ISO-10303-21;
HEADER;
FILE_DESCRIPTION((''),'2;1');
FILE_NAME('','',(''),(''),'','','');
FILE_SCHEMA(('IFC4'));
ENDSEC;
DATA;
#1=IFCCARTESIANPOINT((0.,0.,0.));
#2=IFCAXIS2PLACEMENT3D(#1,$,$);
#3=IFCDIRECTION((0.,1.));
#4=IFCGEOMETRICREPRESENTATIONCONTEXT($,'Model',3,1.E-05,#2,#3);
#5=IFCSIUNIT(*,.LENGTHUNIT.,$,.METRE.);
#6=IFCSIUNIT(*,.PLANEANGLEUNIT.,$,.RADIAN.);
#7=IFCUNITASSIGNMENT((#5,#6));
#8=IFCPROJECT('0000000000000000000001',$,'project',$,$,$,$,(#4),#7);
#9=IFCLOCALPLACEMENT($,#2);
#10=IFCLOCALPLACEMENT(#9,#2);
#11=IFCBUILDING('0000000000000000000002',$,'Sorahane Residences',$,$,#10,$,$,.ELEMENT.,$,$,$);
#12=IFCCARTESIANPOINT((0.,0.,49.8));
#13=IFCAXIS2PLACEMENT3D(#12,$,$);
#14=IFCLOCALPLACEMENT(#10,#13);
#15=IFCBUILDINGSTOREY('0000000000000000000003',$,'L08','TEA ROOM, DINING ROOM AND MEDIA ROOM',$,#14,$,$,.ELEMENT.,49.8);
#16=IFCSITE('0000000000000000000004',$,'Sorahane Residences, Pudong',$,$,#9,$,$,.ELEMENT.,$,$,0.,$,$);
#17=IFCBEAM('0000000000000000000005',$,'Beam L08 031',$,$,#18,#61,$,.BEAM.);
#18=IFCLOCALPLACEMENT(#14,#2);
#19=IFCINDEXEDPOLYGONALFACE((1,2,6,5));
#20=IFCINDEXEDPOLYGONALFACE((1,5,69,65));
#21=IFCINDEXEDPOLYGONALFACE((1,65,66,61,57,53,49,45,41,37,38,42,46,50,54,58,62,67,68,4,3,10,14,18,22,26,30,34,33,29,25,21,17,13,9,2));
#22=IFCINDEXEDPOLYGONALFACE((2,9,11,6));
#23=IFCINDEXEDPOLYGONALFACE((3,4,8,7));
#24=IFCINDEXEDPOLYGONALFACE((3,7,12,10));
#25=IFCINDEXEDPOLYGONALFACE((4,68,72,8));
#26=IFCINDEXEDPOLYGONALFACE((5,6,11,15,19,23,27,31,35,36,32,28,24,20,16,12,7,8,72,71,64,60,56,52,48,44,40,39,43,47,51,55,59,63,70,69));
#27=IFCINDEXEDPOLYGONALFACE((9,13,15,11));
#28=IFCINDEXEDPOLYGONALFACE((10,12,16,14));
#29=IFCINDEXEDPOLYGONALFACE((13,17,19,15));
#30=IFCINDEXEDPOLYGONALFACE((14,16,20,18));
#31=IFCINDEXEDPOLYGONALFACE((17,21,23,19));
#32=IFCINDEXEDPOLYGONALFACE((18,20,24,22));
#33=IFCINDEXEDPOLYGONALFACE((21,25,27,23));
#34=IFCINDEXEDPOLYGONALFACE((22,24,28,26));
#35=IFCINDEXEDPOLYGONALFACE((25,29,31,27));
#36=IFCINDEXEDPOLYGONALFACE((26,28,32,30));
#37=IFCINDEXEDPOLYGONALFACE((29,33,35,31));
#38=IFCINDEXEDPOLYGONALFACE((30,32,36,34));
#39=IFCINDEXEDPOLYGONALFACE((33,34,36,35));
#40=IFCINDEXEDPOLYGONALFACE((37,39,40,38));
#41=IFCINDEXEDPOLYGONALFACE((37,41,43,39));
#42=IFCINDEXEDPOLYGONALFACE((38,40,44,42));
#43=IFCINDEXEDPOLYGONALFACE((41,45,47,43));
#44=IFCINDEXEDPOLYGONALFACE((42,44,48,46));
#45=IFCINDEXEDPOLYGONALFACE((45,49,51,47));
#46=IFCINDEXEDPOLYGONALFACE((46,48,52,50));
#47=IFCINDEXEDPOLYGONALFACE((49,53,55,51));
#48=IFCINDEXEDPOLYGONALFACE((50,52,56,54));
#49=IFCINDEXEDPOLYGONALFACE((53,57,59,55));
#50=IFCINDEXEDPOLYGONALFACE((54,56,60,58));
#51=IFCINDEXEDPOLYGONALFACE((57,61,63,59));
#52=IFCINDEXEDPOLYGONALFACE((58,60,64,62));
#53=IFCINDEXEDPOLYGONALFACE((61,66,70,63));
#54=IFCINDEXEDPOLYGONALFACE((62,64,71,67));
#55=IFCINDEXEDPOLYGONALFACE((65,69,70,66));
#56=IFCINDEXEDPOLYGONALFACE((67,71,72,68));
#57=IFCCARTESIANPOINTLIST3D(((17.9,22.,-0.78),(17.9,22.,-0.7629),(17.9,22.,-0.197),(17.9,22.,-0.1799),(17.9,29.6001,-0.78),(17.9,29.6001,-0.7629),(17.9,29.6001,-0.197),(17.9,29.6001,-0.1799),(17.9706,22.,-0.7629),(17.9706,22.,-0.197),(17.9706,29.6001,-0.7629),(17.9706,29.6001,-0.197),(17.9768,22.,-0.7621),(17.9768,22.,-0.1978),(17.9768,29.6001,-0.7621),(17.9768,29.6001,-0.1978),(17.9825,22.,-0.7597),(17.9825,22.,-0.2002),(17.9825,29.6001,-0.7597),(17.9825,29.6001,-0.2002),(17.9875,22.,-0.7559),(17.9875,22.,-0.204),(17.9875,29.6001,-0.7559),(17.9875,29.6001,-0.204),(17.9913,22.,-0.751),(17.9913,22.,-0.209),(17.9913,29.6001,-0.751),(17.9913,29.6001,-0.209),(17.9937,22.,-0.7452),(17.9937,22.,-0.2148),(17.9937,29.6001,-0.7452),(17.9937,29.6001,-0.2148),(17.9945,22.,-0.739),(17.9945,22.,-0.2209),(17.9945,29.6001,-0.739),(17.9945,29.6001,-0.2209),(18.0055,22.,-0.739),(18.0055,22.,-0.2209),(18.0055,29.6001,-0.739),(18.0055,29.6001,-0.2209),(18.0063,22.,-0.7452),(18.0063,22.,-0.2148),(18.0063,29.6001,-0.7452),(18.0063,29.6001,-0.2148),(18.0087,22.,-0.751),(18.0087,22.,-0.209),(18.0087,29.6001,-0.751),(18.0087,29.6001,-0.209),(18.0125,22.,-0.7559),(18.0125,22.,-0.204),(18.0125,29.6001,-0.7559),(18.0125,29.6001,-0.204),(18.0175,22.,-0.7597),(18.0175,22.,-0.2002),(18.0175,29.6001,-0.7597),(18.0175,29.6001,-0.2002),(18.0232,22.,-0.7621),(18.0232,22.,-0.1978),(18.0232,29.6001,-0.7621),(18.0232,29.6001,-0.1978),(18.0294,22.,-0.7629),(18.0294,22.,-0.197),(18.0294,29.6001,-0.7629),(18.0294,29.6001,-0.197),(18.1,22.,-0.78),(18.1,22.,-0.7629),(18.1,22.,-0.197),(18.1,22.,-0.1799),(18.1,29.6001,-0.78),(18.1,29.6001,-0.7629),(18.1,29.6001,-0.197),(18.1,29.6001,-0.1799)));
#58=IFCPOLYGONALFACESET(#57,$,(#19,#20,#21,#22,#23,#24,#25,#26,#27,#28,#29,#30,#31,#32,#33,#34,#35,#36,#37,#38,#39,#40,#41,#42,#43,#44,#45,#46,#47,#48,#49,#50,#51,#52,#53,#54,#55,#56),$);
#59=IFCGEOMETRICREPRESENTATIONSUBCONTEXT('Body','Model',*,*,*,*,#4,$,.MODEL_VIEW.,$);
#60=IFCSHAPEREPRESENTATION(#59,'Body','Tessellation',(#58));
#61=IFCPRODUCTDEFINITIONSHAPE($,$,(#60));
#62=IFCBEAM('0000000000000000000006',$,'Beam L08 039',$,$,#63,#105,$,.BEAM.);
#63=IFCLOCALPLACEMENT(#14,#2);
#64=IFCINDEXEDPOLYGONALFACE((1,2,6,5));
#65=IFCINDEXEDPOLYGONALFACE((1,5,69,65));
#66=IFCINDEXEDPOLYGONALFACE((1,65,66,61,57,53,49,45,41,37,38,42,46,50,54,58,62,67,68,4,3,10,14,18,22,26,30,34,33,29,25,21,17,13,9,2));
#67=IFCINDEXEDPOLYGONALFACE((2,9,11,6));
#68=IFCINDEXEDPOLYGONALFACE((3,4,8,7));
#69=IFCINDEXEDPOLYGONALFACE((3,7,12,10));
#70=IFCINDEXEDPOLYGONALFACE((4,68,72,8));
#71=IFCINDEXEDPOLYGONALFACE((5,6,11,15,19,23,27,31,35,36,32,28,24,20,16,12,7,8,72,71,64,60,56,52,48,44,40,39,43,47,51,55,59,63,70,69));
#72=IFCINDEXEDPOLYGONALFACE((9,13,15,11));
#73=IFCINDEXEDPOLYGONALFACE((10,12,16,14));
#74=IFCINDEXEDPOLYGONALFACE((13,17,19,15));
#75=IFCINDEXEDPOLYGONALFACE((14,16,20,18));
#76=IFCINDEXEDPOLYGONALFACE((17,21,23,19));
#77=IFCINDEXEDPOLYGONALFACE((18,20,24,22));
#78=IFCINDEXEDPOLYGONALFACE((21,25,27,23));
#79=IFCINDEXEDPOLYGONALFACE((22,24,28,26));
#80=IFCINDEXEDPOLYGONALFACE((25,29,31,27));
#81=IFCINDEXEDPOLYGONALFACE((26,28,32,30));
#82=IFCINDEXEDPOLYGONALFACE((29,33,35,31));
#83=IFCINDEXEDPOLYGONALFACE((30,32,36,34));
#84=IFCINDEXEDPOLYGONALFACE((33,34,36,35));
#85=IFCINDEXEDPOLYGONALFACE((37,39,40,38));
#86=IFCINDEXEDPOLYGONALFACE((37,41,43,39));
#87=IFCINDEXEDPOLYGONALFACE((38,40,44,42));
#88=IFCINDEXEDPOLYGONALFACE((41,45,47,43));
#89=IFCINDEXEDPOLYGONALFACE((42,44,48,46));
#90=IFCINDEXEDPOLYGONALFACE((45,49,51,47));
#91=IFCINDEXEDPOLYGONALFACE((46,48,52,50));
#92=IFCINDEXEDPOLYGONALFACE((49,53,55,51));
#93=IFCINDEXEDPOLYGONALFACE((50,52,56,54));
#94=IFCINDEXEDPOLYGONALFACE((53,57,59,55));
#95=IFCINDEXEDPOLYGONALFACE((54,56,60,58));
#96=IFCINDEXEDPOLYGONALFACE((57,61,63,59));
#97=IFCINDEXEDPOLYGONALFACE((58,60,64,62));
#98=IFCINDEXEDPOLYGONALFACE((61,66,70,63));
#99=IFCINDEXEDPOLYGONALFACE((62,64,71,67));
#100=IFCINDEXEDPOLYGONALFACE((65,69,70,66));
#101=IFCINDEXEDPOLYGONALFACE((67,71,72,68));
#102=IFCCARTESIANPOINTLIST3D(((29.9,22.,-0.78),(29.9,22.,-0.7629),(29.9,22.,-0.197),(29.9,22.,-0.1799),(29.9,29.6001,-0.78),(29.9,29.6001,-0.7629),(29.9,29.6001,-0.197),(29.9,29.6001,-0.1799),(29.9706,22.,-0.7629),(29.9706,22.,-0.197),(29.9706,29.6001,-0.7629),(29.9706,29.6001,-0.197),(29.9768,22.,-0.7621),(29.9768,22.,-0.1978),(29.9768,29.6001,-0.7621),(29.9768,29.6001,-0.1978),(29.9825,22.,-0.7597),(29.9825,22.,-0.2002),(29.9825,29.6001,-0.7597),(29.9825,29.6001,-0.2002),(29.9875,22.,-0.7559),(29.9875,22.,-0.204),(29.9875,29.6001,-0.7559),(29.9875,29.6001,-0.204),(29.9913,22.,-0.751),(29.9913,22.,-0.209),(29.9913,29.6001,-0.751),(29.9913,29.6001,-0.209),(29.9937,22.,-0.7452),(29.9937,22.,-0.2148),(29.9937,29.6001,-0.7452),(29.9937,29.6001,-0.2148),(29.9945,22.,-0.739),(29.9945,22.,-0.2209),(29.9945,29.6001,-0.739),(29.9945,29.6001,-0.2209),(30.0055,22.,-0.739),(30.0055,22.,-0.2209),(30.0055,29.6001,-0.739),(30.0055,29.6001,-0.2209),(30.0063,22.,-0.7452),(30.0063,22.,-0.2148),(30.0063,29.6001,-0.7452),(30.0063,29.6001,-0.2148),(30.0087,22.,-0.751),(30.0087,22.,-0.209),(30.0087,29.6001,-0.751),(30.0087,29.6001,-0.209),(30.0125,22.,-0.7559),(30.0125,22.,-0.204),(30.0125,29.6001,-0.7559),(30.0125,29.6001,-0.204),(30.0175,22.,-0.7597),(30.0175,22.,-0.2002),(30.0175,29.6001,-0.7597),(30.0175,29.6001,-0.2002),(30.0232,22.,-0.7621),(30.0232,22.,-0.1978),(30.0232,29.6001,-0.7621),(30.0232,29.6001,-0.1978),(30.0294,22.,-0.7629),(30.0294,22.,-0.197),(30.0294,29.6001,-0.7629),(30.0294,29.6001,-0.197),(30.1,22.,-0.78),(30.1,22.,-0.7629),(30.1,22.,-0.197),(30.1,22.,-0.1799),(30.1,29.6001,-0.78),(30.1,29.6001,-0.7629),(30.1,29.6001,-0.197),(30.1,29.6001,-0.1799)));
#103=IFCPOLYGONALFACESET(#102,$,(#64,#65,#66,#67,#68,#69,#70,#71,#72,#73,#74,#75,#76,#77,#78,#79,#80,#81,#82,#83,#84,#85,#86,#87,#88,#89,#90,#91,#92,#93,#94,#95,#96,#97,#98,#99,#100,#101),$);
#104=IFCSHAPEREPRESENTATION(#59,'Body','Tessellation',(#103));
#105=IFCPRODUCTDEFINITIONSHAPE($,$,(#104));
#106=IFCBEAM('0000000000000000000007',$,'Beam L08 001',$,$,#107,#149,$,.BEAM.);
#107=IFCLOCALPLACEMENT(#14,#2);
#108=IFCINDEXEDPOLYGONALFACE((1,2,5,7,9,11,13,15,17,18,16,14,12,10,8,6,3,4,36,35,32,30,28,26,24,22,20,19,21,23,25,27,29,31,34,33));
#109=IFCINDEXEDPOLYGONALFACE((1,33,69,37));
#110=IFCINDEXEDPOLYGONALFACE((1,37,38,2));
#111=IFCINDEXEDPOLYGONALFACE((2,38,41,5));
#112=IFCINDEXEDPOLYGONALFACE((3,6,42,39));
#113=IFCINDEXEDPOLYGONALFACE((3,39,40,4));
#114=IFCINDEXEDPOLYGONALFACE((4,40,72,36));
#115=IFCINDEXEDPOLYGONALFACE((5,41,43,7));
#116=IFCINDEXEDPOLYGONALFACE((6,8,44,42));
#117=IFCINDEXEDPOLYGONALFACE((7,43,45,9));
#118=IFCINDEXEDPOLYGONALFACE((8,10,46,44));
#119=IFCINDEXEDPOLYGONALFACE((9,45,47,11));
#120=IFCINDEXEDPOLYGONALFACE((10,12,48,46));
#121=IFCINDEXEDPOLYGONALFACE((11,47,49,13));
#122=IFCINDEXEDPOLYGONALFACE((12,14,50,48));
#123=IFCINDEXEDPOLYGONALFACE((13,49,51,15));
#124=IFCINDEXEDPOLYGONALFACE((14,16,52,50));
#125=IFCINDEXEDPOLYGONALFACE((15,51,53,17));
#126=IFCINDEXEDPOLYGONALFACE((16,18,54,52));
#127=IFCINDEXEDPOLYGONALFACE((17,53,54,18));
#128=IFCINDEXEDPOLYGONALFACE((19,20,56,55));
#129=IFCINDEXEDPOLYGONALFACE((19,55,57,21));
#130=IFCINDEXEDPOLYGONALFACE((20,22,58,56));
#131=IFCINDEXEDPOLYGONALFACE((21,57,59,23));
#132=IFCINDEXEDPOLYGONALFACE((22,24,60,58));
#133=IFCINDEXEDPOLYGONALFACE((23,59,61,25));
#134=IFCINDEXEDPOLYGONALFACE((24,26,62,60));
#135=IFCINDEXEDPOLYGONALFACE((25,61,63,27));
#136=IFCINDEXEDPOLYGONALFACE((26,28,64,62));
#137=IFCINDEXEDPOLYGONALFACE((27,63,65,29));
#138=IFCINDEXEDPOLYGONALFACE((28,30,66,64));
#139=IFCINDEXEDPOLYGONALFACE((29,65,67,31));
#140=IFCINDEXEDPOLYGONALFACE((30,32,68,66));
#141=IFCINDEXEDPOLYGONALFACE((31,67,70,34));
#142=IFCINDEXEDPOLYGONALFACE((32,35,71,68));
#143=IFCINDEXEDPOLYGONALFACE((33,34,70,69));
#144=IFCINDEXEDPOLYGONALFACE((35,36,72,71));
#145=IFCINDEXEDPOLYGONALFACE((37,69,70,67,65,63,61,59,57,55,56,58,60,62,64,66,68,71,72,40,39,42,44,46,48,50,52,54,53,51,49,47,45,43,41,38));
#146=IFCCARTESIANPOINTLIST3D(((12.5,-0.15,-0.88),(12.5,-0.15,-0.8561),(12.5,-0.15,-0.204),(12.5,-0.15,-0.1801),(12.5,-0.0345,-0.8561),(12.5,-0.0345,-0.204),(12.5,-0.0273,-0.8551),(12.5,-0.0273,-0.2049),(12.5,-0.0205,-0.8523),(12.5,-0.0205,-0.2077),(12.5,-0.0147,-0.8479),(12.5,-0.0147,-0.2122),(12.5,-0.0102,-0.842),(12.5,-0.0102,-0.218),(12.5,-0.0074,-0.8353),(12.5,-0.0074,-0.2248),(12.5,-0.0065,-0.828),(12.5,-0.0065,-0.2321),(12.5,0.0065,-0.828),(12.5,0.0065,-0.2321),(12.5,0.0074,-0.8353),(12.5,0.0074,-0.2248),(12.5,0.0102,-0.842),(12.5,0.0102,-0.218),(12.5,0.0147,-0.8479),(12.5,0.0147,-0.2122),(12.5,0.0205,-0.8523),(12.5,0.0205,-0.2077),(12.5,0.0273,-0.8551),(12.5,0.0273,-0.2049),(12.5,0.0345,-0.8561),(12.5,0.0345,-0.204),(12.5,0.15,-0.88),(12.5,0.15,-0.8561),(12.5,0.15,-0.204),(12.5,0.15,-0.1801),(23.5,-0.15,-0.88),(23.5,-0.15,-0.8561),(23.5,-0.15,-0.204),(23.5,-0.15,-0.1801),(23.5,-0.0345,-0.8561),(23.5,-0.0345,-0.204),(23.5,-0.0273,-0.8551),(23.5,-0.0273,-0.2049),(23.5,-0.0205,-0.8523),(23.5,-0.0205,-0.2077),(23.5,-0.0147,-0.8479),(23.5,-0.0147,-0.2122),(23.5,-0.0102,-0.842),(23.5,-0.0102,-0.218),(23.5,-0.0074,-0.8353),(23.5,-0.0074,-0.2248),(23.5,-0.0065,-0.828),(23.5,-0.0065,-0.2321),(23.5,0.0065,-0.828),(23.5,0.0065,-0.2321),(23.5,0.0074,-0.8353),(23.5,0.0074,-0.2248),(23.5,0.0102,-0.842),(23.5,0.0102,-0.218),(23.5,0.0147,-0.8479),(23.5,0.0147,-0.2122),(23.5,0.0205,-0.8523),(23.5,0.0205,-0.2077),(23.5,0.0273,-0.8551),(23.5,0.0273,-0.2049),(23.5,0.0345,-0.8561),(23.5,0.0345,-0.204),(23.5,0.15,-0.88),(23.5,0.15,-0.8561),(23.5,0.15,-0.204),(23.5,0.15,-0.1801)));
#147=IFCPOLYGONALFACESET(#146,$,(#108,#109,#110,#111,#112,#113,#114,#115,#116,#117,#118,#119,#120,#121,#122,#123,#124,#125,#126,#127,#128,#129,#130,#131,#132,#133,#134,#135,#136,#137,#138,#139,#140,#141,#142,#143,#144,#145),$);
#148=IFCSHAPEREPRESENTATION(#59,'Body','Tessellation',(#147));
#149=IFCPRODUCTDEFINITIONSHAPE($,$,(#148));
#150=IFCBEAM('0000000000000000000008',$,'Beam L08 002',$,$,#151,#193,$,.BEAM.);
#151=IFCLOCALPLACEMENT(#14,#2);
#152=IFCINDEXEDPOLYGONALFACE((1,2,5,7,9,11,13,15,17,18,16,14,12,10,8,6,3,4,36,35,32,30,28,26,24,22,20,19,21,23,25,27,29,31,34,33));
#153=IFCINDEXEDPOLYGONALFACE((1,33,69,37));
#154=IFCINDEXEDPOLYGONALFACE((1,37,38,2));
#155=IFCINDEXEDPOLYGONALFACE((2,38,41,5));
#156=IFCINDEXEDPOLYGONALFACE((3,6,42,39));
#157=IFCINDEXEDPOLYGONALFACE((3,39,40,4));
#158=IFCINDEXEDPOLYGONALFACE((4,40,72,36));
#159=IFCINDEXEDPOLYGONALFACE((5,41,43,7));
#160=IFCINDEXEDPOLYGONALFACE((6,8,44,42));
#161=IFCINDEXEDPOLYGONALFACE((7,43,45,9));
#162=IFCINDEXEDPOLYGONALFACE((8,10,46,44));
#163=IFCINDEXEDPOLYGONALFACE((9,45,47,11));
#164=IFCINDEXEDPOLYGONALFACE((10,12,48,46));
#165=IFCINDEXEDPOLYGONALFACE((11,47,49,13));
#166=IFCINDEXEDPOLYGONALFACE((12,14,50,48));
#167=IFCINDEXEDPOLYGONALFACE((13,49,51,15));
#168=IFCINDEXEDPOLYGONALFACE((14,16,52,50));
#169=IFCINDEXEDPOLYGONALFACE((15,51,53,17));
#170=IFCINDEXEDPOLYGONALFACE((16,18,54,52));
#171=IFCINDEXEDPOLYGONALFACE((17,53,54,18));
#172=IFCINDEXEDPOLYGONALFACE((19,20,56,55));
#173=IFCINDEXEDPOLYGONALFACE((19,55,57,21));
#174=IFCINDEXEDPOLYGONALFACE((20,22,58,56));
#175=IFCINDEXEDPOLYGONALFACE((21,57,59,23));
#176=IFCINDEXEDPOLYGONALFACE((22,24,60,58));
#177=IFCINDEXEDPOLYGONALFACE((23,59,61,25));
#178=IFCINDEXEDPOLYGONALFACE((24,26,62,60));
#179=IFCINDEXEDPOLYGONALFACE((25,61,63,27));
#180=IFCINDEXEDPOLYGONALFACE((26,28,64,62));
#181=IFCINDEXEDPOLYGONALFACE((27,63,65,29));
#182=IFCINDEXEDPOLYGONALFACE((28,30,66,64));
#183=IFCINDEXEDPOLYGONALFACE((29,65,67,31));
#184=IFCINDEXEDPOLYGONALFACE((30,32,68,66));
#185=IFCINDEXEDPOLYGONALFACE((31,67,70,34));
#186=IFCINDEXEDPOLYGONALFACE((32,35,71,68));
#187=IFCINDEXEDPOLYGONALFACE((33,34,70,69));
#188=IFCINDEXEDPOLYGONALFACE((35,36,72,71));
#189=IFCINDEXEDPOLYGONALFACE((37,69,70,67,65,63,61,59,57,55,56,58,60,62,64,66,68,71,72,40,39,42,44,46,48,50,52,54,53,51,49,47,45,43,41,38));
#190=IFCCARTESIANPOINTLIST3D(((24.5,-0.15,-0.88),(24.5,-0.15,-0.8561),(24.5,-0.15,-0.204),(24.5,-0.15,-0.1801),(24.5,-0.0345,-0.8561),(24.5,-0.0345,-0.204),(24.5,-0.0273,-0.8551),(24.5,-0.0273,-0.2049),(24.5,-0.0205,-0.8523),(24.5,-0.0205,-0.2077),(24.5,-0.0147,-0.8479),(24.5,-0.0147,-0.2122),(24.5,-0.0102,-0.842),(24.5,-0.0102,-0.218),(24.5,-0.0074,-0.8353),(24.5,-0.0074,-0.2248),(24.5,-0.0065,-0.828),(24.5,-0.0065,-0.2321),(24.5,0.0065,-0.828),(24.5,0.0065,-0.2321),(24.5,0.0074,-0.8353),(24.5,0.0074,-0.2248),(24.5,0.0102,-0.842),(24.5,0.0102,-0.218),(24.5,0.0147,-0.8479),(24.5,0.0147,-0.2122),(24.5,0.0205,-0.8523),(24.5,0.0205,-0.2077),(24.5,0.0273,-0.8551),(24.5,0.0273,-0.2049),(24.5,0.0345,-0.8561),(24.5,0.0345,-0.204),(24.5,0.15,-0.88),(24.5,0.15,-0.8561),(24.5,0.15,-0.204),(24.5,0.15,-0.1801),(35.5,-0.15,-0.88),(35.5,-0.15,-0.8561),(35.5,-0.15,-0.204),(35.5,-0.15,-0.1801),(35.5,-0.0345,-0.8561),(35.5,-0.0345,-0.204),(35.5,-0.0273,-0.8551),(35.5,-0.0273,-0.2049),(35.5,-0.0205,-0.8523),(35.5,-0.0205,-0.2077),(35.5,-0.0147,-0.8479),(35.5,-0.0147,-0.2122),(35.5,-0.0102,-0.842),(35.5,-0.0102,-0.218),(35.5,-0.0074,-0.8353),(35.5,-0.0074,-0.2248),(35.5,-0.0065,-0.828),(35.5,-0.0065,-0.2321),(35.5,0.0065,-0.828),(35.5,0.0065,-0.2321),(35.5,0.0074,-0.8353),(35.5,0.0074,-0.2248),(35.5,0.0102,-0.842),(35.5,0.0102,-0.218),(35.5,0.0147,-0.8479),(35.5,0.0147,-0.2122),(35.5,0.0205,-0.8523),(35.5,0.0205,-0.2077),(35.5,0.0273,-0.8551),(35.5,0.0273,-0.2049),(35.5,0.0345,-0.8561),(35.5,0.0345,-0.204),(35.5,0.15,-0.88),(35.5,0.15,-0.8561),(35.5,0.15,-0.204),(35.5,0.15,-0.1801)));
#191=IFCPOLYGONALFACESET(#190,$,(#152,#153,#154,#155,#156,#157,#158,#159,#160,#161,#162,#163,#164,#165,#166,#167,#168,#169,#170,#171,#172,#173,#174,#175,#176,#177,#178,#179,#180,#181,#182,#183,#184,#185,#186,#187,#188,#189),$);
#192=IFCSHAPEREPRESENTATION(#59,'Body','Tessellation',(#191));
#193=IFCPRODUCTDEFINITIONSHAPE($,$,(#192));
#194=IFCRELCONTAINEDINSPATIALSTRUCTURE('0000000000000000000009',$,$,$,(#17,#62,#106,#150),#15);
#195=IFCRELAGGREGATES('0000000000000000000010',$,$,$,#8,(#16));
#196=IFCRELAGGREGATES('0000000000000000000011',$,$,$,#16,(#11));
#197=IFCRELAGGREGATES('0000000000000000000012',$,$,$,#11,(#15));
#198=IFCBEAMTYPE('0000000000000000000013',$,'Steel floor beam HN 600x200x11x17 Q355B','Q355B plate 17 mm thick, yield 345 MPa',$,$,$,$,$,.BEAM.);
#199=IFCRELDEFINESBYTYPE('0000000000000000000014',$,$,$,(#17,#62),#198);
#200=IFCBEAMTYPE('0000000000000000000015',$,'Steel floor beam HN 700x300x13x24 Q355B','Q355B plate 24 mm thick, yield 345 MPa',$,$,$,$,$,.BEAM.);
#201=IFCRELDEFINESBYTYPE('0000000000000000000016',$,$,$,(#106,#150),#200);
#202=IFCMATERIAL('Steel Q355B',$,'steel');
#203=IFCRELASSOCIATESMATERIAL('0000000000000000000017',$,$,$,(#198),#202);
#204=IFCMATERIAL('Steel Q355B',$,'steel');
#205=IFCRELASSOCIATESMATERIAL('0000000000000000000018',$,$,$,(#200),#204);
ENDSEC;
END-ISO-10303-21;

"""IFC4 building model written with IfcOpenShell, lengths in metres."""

from ifc_helpers import new_model, si_unit, direction, frame, origin, origin_2d, place, context, subcontext, project, spatial, i_section, extrude, material, material_profile, profile_set, type_object, element, save


model = new_model("IFC4")

# Units and contexts
model_context = context("Model", 3, precision=1e-05, world=origin(), true_north=direction((0.0, 1.0)))
body_context = subcontext(model_context, "Body", "Model", "MODEL_VIEW")
ifc_project = project(units=[si_unit("LENGTHUNIT", "METRE"), si_unit("PLANEANGLEUNIT", "RADIAN")], contexts=[model_context])

# Site, building, storey
site_placement = place(None, origin())
site = spatial("IfcSite", under=ifc_project, at=site_placement, Name="Sorahane Residences, Pudong", CompositionType="ELEMENT", RefElevation=0.0)
building_placement = place(site_placement, origin())
building = spatial("IfcBuilding", under=site, at=building_placement, Name="Sorahane Residences", CompositionType="ELEMENT")
storey_placement = place(building_placement, frame((0.0, 0.0, 49.8)))
storey = spatial("IfcBuildingStorey", under=building, at=storey_placement, Name="L08", Description="TEA ROOM, DINING ROOM AND MEDIA ROOM", CompositionType="ELEMENT", Elevation=49.8)

# Beams
ifc_material_1 = material(Name="Steel Q355B", Category="steel")
ifc_material_profile_1 = material_profile(ifc_material_1, i_section(OverallWidth=0.2, OverallDepth=0.6001, WebThickness=0.011, FlangeThickness=0.0171, FilletRadius=0.0239, at=origin_2d()), Name="HN 600x200x11x17")
ifc_profile_set_1 = profile_set([ifc_material_profile_1], Name="Steel Q355B")
beam_type_1 = type_object("IfcBeamType", Name="Steel floor beam HN 600x200x11x17 Q355B", Description="Q355B plate 17 mm thick, yield 345 MPa", PredefinedType="BEAM", material=ifc_profile_set_1)
for number, where, z_axis, x_axis, name in (
    (1, (18.0, 22.0, -0.48), (0.0, 1.0, 0.0), (-1.0, 0.0, 0.0), "Beam L08 031"),
    (2, (30.0, 22.0, -0.48), (0.0, 1.0, 0.0), (-1.0, 0.0, 0.0), "Beam L08 039"),
):
    element("IfcBeam", number, at=place(storey_placement, frame(where, z_axis=z_axis, x_axis=x_axis)), inside=storey, type_object=beam_type_1, Name=name, PredefinedType="BEAM", context=body_context, shape_type="SweptSolid", body=[
        extrude(i_section(OverallWidth=0.2, OverallDepth=0.6001, WebThickness=0.011, FlangeThickness=0.0171, FilletRadius=0.0239, at=origin_2d()), origin(), (0.0, 0.0, 1.0), 7.6001),
    ])
ifc_material_2 = material(Name="Steel Q355B", Category="steel")
ifc_material_profile_2 = material_profile(ifc_material_2, i_section(OverallWidth=0.3, OverallDepth=0.7, WebThickness=0.0129, FlangeThickness=0.0239, FilletRadius=0.0281, at=origin_2d()), Name="HN 700x300x13x24")
ifc_profile_set_2 = profile_set([ifc_material_profile_2], Name="Steel Q355B")
beam_type_2 = type_object("IfcBeamType", Name="Steel floor beam HN 700x300x13x24 Q355B", Description="Q355B plate 24 mm thick, yield 345 MPa", PredefinedType="BEAM", material=ifc_profile_set_2)
for number, where, z_axis, x_axis, name in (
    (3, (12.5, 0.0, -0.53), (1.0, 0.0, 0.0), (0.0, 1.0, 0.0), "Beam L08 001"),
    (4, (24.5, 0.0, -0.53), (1.0, 0.0, 0.0), (0.0, 1.0, 0.0), "Beam L08 002"),
):
    element("IfcBeam", number, at=place(storey_placement, frame(where, z_axis=z_axis, x_axis=x_axis)), inside=storey, type_object=beam_type_2, Name=name, PredefinedType="BEAM", context=body_context, shape_type="SweptSolid", body=[
        extrude(i_section(OverallWidth=0.3, OverallDepth=0.7, WebThickness=0.0129, FlangeThickness=0.0239, FilletRadius=0.0281, at=origin_2d()), origin(), (0.0, 0.0, 1.0), 11.0),
    ])

save(model, "model.ifc")
